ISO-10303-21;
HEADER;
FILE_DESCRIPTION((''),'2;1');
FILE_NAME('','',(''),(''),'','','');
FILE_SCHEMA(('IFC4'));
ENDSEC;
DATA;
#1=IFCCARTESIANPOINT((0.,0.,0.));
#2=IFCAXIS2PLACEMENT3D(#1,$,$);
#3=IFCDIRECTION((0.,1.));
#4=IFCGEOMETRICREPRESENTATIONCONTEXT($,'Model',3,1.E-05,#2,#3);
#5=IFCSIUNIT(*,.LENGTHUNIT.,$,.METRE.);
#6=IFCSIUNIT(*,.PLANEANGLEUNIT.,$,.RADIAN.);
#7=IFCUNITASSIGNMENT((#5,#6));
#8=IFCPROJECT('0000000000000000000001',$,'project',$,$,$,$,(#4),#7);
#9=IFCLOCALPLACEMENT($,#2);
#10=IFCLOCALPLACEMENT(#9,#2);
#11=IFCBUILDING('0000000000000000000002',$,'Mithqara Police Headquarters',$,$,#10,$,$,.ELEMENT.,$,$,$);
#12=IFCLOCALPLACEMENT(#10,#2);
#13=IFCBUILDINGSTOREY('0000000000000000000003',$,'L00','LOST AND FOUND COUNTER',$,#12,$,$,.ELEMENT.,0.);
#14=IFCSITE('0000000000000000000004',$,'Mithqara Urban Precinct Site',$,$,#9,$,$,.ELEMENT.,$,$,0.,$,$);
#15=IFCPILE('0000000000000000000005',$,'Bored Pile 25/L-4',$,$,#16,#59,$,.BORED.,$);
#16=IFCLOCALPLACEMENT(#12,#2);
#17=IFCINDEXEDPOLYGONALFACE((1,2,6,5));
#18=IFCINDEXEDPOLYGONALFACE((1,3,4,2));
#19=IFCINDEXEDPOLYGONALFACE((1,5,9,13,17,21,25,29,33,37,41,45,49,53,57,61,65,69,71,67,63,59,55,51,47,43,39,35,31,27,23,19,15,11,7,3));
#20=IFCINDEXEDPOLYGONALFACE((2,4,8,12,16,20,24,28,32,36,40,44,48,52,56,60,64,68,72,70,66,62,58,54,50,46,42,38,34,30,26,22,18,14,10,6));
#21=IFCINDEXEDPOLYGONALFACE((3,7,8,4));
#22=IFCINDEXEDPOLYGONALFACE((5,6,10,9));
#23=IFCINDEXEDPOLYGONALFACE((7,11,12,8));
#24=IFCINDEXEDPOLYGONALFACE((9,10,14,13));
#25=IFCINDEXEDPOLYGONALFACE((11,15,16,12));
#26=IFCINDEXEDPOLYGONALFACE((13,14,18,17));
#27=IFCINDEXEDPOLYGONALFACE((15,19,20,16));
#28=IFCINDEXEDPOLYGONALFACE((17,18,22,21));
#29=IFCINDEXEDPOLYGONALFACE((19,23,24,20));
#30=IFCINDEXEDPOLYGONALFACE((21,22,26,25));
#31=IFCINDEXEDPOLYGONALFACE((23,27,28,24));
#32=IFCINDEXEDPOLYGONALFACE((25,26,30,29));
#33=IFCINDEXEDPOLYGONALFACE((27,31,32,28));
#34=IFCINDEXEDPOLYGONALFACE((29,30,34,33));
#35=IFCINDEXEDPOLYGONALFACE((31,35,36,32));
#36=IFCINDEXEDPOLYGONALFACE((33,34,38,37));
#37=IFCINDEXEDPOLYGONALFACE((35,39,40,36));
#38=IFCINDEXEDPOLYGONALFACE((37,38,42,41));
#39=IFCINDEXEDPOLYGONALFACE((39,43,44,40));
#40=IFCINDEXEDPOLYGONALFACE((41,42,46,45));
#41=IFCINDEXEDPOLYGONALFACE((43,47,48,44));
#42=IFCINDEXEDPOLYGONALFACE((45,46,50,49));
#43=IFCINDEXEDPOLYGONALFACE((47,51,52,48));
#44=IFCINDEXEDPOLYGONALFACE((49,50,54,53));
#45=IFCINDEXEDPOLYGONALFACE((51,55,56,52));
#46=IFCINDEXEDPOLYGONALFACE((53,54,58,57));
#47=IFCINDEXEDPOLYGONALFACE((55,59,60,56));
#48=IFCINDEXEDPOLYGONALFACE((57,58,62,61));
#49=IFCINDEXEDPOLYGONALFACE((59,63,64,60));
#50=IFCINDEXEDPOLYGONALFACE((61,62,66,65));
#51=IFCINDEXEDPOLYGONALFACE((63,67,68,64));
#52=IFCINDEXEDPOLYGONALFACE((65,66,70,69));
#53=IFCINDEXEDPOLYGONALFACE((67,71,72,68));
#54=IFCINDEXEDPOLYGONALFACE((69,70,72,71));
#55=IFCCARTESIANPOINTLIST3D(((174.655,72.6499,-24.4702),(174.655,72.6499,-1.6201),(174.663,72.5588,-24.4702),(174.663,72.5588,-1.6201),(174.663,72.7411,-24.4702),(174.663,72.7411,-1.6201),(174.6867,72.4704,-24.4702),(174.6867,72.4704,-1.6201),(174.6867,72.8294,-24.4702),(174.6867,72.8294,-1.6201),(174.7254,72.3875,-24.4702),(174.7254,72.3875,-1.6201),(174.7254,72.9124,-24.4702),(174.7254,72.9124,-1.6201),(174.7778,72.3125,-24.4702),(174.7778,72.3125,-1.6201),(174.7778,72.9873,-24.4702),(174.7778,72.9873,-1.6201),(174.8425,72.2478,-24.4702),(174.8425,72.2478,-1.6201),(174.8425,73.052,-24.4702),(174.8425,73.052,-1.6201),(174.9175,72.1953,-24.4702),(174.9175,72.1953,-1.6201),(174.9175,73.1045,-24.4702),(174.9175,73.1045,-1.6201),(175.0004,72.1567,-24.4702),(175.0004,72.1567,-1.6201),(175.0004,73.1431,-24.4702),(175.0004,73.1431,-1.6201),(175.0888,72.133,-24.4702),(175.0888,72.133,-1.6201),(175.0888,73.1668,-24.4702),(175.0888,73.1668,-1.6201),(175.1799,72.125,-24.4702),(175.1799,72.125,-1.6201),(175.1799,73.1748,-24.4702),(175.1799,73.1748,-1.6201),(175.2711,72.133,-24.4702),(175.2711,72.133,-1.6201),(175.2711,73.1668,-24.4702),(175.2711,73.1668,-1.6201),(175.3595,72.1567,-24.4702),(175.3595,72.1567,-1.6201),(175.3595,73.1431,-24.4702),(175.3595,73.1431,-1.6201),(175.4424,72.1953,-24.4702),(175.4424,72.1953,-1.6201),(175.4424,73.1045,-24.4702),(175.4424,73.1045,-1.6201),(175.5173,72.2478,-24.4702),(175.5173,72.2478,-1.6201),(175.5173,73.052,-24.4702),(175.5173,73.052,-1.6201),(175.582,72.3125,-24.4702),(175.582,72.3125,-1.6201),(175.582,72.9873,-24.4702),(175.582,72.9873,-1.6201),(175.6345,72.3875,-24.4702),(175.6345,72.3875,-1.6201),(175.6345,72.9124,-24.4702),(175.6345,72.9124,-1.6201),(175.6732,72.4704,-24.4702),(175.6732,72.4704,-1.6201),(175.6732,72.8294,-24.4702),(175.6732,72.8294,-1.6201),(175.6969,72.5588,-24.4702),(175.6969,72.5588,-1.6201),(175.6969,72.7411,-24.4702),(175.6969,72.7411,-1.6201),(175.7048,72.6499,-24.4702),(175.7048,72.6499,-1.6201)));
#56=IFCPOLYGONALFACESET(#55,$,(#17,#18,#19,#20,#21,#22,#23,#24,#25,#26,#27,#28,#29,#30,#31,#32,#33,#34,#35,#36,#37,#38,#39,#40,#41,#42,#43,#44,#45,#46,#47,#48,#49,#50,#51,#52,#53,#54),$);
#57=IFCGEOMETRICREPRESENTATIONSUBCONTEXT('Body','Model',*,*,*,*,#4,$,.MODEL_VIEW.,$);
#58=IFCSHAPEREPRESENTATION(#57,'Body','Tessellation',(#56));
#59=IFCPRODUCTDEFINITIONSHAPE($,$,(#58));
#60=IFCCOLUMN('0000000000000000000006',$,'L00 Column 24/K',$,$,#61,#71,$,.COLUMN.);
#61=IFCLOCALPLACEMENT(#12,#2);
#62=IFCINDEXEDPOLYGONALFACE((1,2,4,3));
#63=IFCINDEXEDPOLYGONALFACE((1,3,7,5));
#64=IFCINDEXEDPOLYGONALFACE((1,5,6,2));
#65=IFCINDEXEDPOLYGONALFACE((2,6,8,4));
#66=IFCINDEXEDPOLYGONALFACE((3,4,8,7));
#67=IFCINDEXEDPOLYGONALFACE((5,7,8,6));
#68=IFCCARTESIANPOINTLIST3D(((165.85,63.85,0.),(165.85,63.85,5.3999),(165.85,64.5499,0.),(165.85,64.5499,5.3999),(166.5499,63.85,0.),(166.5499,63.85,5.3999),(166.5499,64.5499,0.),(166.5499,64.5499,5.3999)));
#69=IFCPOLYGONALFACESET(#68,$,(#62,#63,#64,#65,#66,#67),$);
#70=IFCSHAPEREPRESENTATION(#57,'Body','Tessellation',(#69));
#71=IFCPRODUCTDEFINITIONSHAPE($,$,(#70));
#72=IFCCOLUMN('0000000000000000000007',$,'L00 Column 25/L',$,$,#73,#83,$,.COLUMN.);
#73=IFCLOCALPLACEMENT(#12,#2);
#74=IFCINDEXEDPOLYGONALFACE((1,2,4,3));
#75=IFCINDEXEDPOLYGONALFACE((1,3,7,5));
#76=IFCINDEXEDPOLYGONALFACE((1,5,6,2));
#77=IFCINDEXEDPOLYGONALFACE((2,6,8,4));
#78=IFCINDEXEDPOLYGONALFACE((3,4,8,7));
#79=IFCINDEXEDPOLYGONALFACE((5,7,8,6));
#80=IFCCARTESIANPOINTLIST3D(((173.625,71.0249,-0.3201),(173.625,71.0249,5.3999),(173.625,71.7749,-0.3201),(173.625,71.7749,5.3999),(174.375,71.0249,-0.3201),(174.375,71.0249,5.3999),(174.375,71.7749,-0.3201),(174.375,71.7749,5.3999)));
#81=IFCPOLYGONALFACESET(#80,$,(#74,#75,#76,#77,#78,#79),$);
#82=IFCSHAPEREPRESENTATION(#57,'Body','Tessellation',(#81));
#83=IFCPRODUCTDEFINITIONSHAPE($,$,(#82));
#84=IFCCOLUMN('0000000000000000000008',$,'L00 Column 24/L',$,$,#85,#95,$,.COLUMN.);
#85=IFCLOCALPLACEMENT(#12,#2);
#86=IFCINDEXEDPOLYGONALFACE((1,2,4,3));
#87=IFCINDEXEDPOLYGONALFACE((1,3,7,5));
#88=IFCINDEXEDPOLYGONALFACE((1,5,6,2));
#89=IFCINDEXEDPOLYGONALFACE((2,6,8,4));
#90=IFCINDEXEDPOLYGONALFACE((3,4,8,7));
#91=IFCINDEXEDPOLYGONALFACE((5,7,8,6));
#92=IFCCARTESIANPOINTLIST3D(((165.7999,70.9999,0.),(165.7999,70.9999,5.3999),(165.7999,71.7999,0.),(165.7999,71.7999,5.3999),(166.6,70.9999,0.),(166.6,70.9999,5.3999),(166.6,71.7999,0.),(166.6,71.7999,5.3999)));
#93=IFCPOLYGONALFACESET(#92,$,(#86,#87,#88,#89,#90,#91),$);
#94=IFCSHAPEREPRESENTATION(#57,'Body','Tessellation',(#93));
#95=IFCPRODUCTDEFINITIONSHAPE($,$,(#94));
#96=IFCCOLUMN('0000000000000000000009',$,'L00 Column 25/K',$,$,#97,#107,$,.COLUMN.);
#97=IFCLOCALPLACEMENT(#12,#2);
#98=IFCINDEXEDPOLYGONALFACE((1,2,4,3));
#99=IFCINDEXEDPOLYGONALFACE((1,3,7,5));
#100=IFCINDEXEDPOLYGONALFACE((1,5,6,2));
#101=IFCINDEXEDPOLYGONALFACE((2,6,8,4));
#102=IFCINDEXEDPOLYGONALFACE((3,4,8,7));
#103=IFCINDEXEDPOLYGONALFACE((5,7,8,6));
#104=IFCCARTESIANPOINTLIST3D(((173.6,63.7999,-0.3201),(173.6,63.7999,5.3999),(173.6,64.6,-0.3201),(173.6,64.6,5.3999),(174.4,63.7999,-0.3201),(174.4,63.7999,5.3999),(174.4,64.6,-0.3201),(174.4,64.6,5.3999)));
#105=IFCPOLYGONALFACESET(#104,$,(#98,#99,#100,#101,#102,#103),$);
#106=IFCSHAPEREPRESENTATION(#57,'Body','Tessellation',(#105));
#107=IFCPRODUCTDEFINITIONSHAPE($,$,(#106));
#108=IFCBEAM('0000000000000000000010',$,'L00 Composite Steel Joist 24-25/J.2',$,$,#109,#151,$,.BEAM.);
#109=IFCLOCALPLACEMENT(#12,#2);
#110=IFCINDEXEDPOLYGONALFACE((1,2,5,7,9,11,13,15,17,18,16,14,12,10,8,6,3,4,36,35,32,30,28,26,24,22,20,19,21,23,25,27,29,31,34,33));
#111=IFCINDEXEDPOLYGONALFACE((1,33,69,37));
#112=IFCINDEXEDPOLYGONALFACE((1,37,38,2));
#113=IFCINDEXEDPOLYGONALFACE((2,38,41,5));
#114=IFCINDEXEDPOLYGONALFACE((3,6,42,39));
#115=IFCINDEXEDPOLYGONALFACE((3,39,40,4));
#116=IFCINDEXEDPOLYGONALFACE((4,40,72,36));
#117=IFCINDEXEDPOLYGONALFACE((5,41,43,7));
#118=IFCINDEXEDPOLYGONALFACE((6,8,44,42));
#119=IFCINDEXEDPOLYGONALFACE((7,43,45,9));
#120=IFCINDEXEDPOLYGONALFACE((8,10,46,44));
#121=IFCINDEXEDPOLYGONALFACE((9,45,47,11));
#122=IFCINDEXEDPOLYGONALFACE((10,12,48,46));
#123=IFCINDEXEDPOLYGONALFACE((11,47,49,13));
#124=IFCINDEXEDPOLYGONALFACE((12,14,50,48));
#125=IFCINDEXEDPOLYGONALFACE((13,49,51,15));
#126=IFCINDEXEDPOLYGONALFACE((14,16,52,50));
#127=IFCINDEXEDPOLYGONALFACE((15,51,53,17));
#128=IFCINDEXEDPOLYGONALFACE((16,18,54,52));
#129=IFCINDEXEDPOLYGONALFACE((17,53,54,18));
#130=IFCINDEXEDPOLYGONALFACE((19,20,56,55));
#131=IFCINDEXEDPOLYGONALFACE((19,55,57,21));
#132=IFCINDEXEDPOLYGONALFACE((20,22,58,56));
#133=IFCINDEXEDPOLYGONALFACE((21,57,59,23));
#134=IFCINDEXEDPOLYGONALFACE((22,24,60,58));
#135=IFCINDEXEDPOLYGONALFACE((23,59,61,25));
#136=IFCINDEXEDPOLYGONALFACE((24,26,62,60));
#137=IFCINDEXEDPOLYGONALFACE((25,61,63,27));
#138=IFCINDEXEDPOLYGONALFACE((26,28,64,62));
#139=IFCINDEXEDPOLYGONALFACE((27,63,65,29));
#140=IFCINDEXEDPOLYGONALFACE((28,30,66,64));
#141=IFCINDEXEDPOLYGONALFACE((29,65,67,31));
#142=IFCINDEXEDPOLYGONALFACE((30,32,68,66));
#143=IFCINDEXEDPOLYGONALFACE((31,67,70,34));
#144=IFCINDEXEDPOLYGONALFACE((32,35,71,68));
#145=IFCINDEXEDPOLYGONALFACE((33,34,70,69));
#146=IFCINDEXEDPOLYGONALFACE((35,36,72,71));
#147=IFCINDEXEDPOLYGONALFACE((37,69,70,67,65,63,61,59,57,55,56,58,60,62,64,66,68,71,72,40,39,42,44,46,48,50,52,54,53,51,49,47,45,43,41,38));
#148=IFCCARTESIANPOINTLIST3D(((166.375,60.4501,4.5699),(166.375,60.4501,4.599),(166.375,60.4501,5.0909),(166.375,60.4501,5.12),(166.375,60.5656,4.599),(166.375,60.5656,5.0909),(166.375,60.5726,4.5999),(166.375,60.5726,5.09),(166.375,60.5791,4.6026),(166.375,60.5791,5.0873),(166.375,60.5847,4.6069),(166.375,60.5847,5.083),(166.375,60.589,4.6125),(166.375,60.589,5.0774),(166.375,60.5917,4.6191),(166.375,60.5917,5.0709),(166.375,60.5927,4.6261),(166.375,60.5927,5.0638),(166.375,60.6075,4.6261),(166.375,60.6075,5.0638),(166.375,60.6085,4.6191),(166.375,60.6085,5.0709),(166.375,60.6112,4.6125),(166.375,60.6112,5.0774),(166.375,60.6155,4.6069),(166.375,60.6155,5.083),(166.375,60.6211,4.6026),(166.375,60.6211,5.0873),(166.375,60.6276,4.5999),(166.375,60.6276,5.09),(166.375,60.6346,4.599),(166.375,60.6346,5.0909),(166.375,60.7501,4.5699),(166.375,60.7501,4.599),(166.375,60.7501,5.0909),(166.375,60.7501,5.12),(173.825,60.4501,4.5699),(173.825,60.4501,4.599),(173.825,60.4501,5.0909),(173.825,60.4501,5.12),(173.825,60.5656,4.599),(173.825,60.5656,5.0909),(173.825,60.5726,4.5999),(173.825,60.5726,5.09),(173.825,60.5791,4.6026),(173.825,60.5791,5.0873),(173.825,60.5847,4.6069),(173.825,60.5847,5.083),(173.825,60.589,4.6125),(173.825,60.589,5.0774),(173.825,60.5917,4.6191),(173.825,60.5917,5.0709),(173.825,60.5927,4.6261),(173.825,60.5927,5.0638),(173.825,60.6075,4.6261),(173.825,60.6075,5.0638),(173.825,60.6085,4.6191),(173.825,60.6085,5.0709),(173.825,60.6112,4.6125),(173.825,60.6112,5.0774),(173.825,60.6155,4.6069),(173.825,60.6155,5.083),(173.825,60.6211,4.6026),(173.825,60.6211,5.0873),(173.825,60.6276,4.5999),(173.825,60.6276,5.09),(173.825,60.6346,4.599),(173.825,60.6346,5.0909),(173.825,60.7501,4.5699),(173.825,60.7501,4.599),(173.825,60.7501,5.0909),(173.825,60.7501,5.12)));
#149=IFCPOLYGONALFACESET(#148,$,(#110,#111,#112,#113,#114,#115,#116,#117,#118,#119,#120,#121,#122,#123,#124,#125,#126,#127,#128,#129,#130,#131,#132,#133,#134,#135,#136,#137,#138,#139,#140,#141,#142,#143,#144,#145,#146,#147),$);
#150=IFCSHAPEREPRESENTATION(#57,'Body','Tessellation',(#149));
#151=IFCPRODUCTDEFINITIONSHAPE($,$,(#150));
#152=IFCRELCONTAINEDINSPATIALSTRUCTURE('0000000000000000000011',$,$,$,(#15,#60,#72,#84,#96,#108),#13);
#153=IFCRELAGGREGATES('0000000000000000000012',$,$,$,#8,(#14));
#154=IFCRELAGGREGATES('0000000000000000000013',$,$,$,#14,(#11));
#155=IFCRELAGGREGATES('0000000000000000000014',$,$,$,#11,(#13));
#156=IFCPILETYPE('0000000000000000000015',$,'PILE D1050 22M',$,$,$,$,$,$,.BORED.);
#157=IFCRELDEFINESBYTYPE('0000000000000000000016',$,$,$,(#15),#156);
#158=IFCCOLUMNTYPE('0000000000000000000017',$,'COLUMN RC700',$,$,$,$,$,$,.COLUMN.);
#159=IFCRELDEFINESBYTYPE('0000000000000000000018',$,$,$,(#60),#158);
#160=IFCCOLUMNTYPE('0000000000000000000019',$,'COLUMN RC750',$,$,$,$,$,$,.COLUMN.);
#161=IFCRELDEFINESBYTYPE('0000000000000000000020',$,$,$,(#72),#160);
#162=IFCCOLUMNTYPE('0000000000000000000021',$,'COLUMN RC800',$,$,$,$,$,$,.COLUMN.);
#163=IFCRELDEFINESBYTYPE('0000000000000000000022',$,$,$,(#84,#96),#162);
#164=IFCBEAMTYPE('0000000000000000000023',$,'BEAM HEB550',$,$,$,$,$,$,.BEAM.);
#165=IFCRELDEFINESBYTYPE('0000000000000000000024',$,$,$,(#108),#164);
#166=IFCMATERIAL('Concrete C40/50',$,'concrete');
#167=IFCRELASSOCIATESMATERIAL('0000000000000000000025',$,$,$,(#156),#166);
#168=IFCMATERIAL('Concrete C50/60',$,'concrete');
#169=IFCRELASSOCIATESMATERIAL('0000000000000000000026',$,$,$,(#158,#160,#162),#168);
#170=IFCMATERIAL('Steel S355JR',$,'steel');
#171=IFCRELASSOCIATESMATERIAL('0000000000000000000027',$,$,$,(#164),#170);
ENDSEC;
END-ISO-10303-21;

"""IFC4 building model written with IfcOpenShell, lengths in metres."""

from ifc_helpers import new_model, si_unit, direction, frame, origin, origin_2d, place, context, subcontext, project, spatial, rectangle, circle, i_section, extrude, material, material_profile, profile_set, type_object, element, save


model = new_model("IFC4")

# Units and contexts
model_context = context("Model", 3, precision=1e-05, world=origin(), true_north=direction((0.0, 1.0)))
body_context = subcontext(model_context, "Body", "Model", "MODEL_VIEW")
ifc_project = project(units=[si_unit("LENGTHUNIT", "METRE"), si_unit("PLANEANGLEUNIT", "RADIAN")], contexts=[model_context])

# Site, building, storey
site_placement = place(None, origin())
site = spatial("IfcSite", under=ifc_project, at=site_placement, Name="Mithqara Urban Precinct Site", CompositionType="ELEMENT", RefElevation=0.0)
building_placement = place(site_placement, origin())
building = spatial("IfcBuilding", under=site, at=building_placement, Name="Mithqara Police Headquarters", CompositionType="ELEMENT")
storey_placement = place(building_placement, origin())
storey = spatial("IfcBuildingStorey", under=building, at=storey_placement, Name="L00", Description="LOST AND FOUND COUNTER", CompositionType="ELEMENT", Elevation=0.0)

# Shared definitions
ifc_material_1 = material(Name="Concrete C40/50", Category="concrete")

# Pile
ifc_material_profile_1 = material_profile(ifc_material_1, circle(Radius=0.5249, at=origin_2d()), Name="PILE D1050")
ifc_profile_set_1 = profile_set([ifc_material_profile_1], Name="Concrete C40/50")
pile_type = type_object("IfcPileType", Name="PILE D1050 22M", PredefinedType="BORED", material=ifc_profile_set_1)
for number, where, z_axis, x_axis, name in (
    (1, (175.1799, 72.6499, -1.6201), (0.0, 0.0, -1.0), (1.0, 0.0, 0.0), "Bored Pile 25/L-4"),
):
    element("IfcPile", number, at=place(storey_placement, frame(where, z_axis=z_axis, x_axis=x_axis)), inside=storey, type_object=pile_type, Name=name, PredefinedType="BORED", context=body_context, shape_type="SweptSolid", body=[
        extrude(circle(Radius=0.5249, at=origin_2d()), origin(), (0.0, 0.0, 1.0), 22.8501),
    ])

# Columns
ifc_material_2 = material(Name="Concrete C50/60", Category="concrete")
ifc_material_profile_2 = material_profile(ifc_material_2, rectangle(XDim=0.7, YDim=0.7, at=origin_2d()), Name="RC 700x700")
ifc_profile_set_2 = profile_set([ifc_material_profile_2], Name="Concrete C50/60")
column_type_1 = type_object("IfcColumnType", Name="COLUMN RC700", PredefinedType="COLUMN", material=ifc_profile_set_2)
column_1_placement = place(storey_placement, frame((166.2, 64.2, 0.0), z_axis=(0.0, 0.0, 1.0), x_axis=(1.0, 0.0, 0.0)))
element("IfcColumn", 2, at=column_1_placement, inside=storey, type_object=column_type_1, Name="L00 Column 24/K", PredefinedType="COLUMN", context=body_context, shape_type="SweptSolid", body=[
    extrude(rectangle(XDim=0.7, YDim=0.7, at=origin_2d()), origin(), (0.0, 0.0, 1.0), 5.3999),
])
ifc_material_profile_3 = material_profile(ifc_material_2, rectangle(XDim=0.75, YDim=0.75, at=origin_2d()), Name="RC 750x750")
ifc_profile_set_3 = profile_set([ifc_material_profile_3], Name="Concrete C50/60")
column_type_2 = type_object("IfcColumnType", Name="COLUMN RC750", PredefinedType="COLUMN", material=ifc_profile_set_3)
column_2_placement = place(storey_placement, frame((174.0, 71.3999, -0.3201), z_axis=(0.0, 0.0, 1.0), x_axis=(1.0, 0.0, 0.0)))
element("IfcColumn", 3, at=column_2_placement, inside=storey, type_object=column_type_2, Name="L00 Column 25/L", PredefinedType="COLUMN", context=body_context, shape_type="SweptSolid", body=[
    extrude(rectangle(XDim=0.75, YDim=0.75, at=origin_2d()), origin(), (0.0, 0.0, 1.0), 5.72),
])
ifc_material_profile_4 = material_profile(ifc_material_2, rectangle(XDim=0.8, YDim=0.8, at=origin_2d()), Name="RC 800x800")
ifc_profile_set_4 = profile_set([ifc_material_profile_4], Name="Concrete C50/60")
column_type_3 = type_object("IfcColumnType", Name="COLUMN RC800", PredefinedType="COLUMN", material=ifc_profile_set_4)
column_3_placement = place(storey_placement, frame((166.2, 71.3999, 0.0), z_axis=(0.0, 0.0, 1.0), x_axis=(1.0, 0.0, 0.0)))
element("IfcColumn", 4, at=column_3_placement, inside=storey, type_object=column_type_3, Name="L00 Column 24/L", PredefinedType="COLUMN", context=body_context, shape_type="SweptSolid", body=[
    extrude(rectangle(XDim=0.8, YDim=0.8, at=origin_2d()), origin(), (0.0, 0.0, 1.0), 5.3999),
])
column_4_placement = place(storey_placement, frame((174.0, 64.2, -0.3201), z_axis=(0.0, 0.0, 1.0), x_axis=(1.0, 0.0, 0.0)))
element("IfcColumn", 5, at=column_4_placement, inside=storey, type_object=column_type_3, Name="L00 Column 25/K", PredefinedType="COLUMN", context=body_context, shape_type="SweptSolid", body=[
    extrude(rectangle(XDim=0.8, YDim=0.8, at=origin_2d()), origin(), (0.0, 0.0, 1.0), 5.72),
])

# Beam
ifc_material_3 = material(Name="Steel S355JR", Category="steel")
ifc_material_profile_5 = material_profile(ifc_material_3, i_section(OverallWidth=0.3, OverallDepth=0.55, WebThickness=0.0149, FlangeThickness=0.0291, FilletRadius=0.0271, at=origin_2d()), Name="HEB 550")
ifc_profile_set_5 = profile_set([ifc_material_profile_5], Name="Steel S355JR")
beam_type_1 = type_object("IfcBeamType", Name="BEAM HEB550", PredefinedType="BEAM", material=ifc_profile_set_5)
for number, where, z_axis, x_axis, name in (
    (6, (166.375, 60.6001, 4.845), (1.0, 0.0, 0.0), (0.0, 1.0, 0.0), "L00 Composite Steel Joist 24-25/J.2"),
):
    element("IfcBeam", number, at=place(storey_placement, frame(where, z_axis=z_axis, x_axis=x_axis)), inside=storey, type_object=beam_type_1, Name=name, PredefinedType="BEAM", context=body_context, shape_type="SweptSolid", body=[
        extrude(i_section(OverallWidth=0.3, OverallDepth=0.55, WebThickness=0.0149, FlangeThickness=0.0291, FilletRadius=0.0271, at=origin_2d()), origin(), (0.0, 0.0, 1.0), 7.45),
    ])

save(model, "model.ifc")
